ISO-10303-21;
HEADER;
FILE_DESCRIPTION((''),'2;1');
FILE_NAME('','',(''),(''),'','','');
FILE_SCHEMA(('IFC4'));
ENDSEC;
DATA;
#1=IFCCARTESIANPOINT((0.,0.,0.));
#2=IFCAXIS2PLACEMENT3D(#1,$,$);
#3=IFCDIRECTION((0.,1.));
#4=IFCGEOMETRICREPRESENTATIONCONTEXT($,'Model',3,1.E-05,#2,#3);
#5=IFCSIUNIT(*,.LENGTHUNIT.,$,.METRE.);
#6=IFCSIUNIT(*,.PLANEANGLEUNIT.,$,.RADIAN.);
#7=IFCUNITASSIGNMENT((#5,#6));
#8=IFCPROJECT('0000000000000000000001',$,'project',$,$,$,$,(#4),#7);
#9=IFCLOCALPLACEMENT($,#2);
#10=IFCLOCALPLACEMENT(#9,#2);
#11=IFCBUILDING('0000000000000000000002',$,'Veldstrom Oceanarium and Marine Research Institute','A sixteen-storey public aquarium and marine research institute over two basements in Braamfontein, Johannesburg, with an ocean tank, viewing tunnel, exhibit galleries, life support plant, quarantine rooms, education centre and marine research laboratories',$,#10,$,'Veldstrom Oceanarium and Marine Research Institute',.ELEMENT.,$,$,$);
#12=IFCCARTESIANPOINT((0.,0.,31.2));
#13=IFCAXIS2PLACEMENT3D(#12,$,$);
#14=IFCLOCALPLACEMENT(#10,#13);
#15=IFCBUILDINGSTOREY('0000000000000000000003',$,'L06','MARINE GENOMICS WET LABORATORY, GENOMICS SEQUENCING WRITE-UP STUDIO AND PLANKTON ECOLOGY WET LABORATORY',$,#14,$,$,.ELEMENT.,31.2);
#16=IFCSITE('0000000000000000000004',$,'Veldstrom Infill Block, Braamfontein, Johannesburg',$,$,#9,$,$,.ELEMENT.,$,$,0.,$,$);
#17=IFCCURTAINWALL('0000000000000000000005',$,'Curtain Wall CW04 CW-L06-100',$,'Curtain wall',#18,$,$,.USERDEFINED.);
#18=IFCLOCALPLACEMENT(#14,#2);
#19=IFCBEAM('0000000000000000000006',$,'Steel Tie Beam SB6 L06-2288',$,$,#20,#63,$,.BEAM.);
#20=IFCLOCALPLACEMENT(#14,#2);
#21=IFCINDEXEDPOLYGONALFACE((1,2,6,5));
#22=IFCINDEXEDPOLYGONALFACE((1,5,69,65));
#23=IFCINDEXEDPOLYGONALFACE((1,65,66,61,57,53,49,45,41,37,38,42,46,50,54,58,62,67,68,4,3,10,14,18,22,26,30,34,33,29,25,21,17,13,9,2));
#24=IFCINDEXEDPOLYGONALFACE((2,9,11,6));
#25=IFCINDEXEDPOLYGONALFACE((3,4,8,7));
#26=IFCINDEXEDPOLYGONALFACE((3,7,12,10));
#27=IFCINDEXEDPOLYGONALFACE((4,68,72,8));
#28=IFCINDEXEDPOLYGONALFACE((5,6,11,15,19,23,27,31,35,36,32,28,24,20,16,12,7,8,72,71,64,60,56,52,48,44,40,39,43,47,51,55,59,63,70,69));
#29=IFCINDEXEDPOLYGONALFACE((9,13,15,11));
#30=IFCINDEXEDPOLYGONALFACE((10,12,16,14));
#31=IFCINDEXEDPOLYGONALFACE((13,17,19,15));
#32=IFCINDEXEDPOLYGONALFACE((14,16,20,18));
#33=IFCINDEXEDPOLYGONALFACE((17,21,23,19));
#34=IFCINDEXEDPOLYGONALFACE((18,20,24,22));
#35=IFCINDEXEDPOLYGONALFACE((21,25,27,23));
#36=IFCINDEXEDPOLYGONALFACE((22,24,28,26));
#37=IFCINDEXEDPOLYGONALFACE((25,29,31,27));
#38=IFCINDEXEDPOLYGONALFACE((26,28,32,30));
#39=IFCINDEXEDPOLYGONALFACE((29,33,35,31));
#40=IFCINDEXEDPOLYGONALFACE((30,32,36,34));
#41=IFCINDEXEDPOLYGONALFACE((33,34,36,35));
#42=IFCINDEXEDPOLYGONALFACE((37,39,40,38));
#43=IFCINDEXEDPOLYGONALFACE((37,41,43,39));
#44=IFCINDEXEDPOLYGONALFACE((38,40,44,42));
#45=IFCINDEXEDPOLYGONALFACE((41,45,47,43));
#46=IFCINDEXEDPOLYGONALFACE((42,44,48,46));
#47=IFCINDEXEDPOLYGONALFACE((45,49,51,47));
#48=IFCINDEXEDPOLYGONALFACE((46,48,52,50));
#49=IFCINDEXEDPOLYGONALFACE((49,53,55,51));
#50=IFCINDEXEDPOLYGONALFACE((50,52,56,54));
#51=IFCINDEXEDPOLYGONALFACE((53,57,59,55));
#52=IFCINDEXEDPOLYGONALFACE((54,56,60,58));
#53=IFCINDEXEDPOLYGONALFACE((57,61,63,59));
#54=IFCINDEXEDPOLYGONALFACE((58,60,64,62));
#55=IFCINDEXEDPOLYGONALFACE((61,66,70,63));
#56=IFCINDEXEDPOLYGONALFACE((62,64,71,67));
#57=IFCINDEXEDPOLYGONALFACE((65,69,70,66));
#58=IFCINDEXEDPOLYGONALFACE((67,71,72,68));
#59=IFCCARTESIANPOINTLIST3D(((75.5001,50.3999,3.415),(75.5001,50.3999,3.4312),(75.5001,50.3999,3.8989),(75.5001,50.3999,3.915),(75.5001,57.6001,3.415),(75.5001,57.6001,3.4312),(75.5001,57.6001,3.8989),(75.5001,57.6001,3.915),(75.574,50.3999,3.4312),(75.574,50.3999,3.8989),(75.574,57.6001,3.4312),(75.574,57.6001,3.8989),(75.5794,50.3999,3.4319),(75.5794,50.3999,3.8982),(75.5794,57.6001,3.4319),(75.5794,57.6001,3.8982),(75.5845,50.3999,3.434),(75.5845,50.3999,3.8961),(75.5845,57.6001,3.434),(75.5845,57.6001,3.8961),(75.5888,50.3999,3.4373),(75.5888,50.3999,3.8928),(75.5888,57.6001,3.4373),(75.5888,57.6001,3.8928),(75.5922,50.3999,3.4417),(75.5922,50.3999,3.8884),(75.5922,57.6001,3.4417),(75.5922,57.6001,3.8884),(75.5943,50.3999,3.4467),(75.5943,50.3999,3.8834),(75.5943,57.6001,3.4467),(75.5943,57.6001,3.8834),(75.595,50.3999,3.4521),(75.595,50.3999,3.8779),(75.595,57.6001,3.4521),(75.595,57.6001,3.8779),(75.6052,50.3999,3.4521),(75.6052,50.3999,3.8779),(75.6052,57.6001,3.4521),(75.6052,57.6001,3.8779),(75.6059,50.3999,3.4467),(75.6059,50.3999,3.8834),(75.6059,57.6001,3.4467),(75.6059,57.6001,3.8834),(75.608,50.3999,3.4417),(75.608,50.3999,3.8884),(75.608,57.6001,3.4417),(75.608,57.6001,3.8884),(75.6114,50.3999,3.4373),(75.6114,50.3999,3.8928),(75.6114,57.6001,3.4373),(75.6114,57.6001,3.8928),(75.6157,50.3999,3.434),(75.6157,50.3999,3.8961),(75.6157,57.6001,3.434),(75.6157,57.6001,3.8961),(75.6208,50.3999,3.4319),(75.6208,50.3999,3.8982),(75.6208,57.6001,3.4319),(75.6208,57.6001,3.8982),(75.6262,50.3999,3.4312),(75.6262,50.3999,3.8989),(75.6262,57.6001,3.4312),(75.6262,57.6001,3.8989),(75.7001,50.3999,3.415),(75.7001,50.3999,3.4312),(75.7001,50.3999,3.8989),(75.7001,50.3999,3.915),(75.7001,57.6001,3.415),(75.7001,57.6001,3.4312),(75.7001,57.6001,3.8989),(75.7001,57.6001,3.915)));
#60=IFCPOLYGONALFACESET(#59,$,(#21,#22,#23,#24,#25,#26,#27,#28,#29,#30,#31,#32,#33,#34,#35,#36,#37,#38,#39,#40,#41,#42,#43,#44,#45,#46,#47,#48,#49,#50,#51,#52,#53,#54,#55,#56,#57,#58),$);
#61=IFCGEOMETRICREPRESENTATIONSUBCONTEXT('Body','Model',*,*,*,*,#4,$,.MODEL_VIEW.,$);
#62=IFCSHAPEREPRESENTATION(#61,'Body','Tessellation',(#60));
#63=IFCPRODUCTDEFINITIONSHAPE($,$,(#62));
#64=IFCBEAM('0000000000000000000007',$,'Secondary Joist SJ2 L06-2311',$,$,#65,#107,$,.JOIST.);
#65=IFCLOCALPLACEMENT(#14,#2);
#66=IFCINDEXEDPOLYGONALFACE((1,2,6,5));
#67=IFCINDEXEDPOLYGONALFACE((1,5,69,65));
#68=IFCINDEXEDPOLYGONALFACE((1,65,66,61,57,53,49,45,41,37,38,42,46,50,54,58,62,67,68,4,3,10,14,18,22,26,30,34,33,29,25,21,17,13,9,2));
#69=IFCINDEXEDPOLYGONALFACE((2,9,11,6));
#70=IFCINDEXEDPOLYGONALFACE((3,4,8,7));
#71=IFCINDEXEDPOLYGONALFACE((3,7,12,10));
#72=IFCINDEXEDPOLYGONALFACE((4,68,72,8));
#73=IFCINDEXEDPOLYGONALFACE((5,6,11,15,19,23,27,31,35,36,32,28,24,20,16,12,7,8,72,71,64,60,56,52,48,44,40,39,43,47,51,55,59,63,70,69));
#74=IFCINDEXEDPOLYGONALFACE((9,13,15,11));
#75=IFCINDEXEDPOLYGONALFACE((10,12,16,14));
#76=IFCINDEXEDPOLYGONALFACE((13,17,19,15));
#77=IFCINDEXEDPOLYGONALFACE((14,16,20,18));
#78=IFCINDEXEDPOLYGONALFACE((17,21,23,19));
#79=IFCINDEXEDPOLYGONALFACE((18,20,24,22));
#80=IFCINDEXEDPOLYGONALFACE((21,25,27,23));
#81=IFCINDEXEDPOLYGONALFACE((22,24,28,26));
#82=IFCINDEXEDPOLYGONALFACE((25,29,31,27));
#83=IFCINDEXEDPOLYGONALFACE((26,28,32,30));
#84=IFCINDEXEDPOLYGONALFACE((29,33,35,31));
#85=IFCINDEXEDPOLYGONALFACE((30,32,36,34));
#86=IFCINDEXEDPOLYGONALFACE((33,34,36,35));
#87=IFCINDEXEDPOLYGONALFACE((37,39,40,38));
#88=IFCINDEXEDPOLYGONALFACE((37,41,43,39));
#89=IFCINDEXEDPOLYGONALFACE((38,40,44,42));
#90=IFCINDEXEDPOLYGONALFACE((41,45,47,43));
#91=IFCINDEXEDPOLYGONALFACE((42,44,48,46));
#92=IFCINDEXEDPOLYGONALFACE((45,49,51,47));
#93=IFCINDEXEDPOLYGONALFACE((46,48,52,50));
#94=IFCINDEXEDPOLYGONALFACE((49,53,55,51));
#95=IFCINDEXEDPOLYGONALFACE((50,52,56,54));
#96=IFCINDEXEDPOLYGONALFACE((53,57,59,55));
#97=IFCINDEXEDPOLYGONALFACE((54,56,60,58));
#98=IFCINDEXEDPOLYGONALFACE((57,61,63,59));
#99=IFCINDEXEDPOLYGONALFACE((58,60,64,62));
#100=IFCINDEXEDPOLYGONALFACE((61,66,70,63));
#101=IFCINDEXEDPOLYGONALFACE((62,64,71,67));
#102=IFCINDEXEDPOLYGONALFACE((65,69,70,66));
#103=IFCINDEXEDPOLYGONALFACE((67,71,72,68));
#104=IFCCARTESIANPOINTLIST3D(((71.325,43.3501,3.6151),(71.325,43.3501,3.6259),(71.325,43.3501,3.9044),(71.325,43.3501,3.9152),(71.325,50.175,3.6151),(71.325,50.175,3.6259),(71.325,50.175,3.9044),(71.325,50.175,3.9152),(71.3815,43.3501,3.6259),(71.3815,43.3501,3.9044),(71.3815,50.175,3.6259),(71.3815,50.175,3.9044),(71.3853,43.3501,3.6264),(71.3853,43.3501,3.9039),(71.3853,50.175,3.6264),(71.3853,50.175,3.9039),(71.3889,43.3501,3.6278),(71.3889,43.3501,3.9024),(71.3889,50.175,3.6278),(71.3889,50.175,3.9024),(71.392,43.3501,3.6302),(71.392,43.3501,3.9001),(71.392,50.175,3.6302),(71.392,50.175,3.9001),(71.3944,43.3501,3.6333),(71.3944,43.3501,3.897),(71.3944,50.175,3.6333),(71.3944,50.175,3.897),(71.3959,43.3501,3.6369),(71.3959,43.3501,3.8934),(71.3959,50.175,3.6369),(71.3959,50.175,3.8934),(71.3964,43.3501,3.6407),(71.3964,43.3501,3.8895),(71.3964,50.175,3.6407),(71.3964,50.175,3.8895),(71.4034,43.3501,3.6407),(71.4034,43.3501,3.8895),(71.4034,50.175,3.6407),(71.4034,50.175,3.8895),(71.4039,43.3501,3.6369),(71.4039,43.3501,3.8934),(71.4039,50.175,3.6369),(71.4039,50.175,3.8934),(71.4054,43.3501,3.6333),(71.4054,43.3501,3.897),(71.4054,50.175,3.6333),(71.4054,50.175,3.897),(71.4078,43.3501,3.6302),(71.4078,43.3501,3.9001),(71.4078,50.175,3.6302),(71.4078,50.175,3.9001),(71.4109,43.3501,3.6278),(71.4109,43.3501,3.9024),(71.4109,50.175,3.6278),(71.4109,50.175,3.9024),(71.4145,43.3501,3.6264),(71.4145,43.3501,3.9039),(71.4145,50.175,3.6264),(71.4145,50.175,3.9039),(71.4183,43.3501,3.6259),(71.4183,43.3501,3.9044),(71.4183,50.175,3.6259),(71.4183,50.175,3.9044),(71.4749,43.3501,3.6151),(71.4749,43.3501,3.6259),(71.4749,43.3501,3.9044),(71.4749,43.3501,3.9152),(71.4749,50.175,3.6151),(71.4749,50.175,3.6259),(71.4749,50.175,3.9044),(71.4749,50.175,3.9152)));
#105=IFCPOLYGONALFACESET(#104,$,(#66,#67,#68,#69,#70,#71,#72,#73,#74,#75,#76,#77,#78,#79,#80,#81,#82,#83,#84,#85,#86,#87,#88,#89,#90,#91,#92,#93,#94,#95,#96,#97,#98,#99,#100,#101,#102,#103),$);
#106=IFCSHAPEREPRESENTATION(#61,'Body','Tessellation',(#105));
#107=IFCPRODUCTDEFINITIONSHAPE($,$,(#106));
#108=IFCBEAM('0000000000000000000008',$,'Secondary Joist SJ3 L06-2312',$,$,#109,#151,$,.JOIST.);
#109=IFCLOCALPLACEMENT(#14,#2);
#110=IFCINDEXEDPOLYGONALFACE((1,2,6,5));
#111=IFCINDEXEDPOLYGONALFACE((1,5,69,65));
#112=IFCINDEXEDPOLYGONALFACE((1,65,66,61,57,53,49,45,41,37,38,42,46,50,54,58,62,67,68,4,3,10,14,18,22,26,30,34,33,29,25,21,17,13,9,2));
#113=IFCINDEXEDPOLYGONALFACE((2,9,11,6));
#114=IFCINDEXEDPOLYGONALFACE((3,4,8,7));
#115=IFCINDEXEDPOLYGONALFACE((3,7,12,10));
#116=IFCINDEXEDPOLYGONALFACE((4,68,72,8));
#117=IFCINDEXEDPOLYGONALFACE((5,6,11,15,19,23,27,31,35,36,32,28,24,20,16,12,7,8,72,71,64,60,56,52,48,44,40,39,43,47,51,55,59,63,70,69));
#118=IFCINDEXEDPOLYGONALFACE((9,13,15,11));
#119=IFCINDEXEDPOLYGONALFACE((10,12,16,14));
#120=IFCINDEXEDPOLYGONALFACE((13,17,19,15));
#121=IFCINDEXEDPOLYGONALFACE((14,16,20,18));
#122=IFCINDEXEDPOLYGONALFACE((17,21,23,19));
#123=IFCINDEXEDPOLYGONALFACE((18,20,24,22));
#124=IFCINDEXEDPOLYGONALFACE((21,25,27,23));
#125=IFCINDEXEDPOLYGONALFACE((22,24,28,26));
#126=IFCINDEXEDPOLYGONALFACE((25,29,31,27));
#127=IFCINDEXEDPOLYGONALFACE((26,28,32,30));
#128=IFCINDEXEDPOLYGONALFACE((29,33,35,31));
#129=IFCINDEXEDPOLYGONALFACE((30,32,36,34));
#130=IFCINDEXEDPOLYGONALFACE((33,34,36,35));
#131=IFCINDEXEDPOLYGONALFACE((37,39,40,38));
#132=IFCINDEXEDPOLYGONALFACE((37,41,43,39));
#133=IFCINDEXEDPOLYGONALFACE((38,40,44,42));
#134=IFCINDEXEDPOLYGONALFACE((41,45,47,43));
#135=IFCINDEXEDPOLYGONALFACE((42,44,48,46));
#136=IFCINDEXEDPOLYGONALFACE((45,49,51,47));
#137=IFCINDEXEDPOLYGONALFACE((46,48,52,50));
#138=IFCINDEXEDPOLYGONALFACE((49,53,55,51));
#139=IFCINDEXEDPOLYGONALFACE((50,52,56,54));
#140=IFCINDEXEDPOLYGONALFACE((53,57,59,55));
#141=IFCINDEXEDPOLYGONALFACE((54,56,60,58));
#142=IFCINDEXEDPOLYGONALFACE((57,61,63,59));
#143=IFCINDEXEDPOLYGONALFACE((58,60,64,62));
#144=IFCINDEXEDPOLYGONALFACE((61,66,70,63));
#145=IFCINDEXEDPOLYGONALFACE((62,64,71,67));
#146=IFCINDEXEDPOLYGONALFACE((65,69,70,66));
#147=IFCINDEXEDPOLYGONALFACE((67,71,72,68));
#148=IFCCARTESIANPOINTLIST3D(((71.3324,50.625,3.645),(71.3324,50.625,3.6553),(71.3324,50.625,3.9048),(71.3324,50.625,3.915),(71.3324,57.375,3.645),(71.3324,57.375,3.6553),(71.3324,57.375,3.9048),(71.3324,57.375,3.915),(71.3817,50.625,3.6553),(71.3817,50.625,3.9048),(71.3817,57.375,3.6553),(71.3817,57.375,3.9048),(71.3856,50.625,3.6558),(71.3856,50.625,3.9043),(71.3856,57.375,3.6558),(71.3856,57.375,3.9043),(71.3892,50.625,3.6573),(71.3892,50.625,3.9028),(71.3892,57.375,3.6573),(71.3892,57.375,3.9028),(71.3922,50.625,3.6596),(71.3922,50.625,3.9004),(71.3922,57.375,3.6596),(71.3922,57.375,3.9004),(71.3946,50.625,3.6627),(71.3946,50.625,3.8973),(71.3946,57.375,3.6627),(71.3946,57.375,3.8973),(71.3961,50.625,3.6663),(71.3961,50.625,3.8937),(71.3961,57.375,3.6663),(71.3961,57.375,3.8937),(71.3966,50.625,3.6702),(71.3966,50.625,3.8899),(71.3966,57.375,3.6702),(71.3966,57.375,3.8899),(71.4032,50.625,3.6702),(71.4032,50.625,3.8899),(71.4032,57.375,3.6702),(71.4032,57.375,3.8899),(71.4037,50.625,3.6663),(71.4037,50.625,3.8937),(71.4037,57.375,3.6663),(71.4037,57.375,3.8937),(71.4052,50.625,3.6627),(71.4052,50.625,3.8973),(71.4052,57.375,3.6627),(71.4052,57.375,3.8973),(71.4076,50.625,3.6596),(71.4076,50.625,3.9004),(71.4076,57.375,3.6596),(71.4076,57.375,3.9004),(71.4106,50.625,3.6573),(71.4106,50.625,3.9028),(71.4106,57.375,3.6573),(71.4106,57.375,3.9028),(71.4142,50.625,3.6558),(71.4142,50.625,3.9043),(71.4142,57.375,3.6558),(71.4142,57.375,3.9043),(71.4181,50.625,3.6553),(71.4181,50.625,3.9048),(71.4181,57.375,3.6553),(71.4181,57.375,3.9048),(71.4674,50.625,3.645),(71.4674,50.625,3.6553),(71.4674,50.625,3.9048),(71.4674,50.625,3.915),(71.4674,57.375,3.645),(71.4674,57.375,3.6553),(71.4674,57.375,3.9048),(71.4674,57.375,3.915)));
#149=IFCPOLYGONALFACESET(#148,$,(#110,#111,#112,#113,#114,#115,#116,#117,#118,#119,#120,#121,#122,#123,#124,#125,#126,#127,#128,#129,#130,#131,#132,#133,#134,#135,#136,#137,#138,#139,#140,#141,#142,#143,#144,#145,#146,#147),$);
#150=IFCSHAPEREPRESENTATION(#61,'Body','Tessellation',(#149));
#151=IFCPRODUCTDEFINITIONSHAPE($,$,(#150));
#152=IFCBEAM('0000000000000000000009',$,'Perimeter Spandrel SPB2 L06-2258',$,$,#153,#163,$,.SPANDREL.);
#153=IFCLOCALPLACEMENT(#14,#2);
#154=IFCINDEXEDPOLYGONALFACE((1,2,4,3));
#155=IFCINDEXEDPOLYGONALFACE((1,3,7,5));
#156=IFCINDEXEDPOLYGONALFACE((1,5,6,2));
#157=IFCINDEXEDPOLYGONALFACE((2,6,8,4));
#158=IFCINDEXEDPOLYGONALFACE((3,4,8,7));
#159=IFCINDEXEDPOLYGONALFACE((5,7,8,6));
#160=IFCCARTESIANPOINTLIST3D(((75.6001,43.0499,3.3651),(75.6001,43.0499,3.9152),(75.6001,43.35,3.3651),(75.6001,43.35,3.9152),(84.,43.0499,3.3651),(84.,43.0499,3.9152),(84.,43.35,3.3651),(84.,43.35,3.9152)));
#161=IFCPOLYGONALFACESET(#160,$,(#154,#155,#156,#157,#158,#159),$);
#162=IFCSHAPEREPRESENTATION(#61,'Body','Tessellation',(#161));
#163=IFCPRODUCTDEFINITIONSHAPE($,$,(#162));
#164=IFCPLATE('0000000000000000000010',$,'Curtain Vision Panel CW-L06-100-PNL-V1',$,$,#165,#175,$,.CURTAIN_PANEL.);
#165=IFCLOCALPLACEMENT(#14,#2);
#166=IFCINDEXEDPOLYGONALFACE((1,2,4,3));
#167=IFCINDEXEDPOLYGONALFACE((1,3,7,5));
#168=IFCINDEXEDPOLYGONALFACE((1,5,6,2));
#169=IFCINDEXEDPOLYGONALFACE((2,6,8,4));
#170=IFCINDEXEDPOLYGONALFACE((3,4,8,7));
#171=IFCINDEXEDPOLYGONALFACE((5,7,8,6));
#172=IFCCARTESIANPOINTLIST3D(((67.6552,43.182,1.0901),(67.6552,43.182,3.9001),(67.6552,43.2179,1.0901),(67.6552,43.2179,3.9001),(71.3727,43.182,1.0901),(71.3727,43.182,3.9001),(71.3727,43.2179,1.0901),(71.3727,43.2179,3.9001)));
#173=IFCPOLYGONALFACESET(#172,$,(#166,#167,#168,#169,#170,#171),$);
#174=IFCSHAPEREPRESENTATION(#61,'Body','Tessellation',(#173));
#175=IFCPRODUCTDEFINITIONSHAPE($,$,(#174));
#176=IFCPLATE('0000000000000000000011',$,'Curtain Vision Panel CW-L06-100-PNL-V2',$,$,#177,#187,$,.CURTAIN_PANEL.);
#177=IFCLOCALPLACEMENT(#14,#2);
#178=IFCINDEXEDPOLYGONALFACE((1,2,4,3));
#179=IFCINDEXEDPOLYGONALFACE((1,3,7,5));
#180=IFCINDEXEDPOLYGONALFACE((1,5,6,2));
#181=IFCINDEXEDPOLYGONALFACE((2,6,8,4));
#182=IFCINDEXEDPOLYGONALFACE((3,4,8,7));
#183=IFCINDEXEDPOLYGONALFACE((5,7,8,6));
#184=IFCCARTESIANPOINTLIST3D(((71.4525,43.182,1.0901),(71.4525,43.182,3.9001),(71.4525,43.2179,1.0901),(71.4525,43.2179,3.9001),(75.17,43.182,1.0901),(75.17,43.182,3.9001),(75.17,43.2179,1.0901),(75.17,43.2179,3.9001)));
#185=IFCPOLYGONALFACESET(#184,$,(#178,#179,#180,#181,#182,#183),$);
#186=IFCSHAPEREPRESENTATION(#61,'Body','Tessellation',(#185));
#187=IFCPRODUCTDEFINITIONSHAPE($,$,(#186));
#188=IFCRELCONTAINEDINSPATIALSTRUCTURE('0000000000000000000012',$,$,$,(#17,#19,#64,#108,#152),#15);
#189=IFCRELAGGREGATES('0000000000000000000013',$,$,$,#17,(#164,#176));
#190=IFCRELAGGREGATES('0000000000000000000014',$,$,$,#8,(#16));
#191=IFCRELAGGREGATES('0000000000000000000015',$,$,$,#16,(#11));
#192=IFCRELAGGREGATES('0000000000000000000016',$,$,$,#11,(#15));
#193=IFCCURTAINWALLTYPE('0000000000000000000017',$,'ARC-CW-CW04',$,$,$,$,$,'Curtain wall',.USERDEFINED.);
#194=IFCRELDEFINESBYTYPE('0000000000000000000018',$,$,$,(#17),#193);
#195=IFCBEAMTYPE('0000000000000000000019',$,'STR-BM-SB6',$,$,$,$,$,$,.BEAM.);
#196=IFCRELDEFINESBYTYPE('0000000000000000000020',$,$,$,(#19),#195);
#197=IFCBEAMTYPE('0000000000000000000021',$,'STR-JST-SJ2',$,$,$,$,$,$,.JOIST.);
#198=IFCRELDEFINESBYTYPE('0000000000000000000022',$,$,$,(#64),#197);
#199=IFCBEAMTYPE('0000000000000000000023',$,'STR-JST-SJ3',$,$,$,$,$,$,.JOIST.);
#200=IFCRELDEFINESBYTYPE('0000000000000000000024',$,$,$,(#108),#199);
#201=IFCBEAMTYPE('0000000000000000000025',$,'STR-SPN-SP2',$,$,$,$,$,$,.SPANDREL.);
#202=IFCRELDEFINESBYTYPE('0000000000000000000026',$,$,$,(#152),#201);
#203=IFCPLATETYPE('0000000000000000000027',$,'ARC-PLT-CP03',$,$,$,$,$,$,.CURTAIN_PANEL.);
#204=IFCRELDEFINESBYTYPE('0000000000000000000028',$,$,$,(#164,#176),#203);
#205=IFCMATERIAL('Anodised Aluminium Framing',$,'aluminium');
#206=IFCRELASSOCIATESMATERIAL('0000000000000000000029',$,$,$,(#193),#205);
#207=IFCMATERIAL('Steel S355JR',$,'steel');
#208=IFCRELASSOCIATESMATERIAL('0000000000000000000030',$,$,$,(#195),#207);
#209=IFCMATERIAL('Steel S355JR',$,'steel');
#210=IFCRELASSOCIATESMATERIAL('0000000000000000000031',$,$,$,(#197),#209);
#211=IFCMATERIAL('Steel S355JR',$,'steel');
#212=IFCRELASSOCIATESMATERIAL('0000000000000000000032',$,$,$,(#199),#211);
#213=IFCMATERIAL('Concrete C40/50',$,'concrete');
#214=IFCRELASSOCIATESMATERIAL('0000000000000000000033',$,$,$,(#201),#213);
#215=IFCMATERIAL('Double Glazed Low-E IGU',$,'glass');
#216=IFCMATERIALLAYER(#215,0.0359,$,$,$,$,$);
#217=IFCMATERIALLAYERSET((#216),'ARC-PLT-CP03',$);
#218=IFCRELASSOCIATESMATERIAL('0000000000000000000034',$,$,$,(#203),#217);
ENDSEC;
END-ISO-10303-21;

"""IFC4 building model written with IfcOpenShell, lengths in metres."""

from ifc_helpers import new_model, si_unit, direction, frame, origin, origin_2d, place, context, subcontext, project, spatial, rectangle, i_section, extrude, material, layer, layer_set, material_profile, profile_set, type_object, element, aggregate, save


model = new_model("IFC4")

# Units and contexts
model_context = context("Model", 3, precision=1e-05, world=origin(), true_north=direction((0.0, 1.0)))
body_context = subcontext(model_context, "Body", "Model", "MODEL_VIEW")
ifc_project = project(units=[si_unit("LENGTHUNIT", "METRE"), si_unit("PLANEANGLEUNIT", "RADIAN")], contexts=[model_context])

# Site, building, storey
site_placement = place(None, origin())
site = spatial("IfcSite", under=ifc_project, at=site_placement, Name="Veldstrom Infill Block, Braamfontein, Johannesburg", CompositionType="ELEMENT", RefElevation=0.0)
building_placement = place(site_placement, origin())
building = spatial("IfcBuilding", under=site, at=building_placement, Name="Veldstrom Oceanarium and Marine Research Institute", Description="A sixteen-storey public aquarium and marine research institute over two basements in Braamfontein, Johannesburg, with an ocean tank, viewing tunnel, exhibit galleries, life support plant, quarantine rooms, education centre and marine research laboratories", LongName="Veldstrom Oceanarium and Marine Research Institute", CompositionType="ELEMENT")
storey_placement = place(building_placement, frame((0.0, 0.0, 31.2)))
storey = spatial("IfcBuildingStorey", under=building, at=storey_placement, Name="L06", Description="MARINE GENOMICS WET LABORATORY, GENOMICS SEQUENCING WRITE-UP STUDIO AND PLANKTON ECOLOGY WET LABORATORY", CompositionType="ELEMENT", Elevation=31.2)

# Curtain wall
ifc_material_1 = material(Name="Anodised Aluminium Framing", Category="aluminium")
curtain_wall_type = type_object("IfcCurtainWallType", Name="ARC-CW-CW04", ElementType="Curtain wall", PredefinedType="USERDEFINED", material=ifc_material_1)
curtain_wall_1_placement = place(storey_placement, origin())
curtain_wall_1 = element("IfcCurtainWall", 1, at=curtain_wall_1_placement, inside=storey, type_object=curtain_wall_type, Name="Curtain Wall CW04 CW-L06-100", ObjectType="Curtain wall", PredefinedType="USERDEFINED")

# Beams
ifc_material_2 = material(Name="Steel S355JR", Category="steel")
ifc_material_profile_1 = material_profile(ifc_material_2, i_section(OverallWidth=0.2, OverallDepth=0.5, WebThickness=0.0103, FlangeThickness=0.0161, FilletRadius=0.021, at=origin_2d()), Name="IPE 500")
ifc_profile_set_1 = profile_set([ifc_material_profile_1], Name="Steel S355JR")
beam_type_1 = type_object("IfcBeamType", Name="STR-BM-SB6", PredefinedType="BEAM", material=ifc_profile_set_1)
beam_1_placement = place(storey_placement, frame((75.6001, 50.3999, 3.665), z_axis=(0.0, 1.0, 0.0), x_axis=(-1.0, 0.0, 0.0)))
element("IfcBeam", 2, at=beam_1_placement, inside=storey, type_object=beam_type_1, Name="Steel Tie Beam SB6 L06-2288", PredefinedType="BEAM", context=body_context, shape_type="SweptSolid", body=[
    extrude(i_section(OverallWidth=0.2, OverallDepth=0.5, WebThickness=0.0103, FlangeThickness=0.0161, FilletRadius=0.021, at=origin_2d()), origin(), (0.0, 0.0, 1.0), 7.2002),
])
ifc_material_3 = material(Name="Steel S355JR", Category="steel")
ifc_material_profile_2 = material_profile(ifc_material_3, i_section(OverallWidth=0.1499, OverallDepth=0.3, WebThickness=0.0071, FlangeThickness=0.0107, FilletRadius=0.0149, at=origin_2d()), Name="IPE 300")
ifc_profile_set_2 = profile_set([ifc_material_profile_2], Name="Steel S355JR")
beam_type_2 = type_object("IfcBeamType", Name="STR-JST-SJ2", PredefinedType="JOIST", material=ifc_profile_set_2)
beam_2_placement = place(storey_placement, frame((71.3999, 43.3501, 3.7651), z_axis=(0.0, 1.0, 0.0), x_axis=(-1.0, 0.0, 0.0)))
element("IfcBeam", 3, at=beam_2_placement, inside=storey, type_object=beam_type_2, Name="Secondary Joist SJ2 L06-2311", PredefinedType="JOIST", context=body_context, shape_type="SweptSolid", body=[
    extrude(i_section(OverallWidth=0.1499, OverallDepth=0.3, WebThickness=0.0071, FlangeThickness=0.0107, FilletRadius=0.0149, at=origin_2d()), origin(), (0.0, 0.0, 1.0), 6.825),
])
ifc_material_4 = material(Name="Steel S355JR", Category="steel")
ifc_material_profile_3 = material_profile(ifc_material_4, i_section(OverallWidth=0.135, OverallDepth=0.27, WebThickness=0.0066, FlangeThickness=0.0103, FilletRadius=0.0149, at=origin_2d()), Name="IPE 270")
ifc_profile_set_3 = profile_set([ifc_material_profile_3], Name="Steel S355JR")
beam_type_3 = type_object("IfcBeamType", Name="STR-JST-SJ3", PredefinedType="JOIST", material=ifc_profile_set_3)
beam_3_placement = place(storey_placement, frame((71.3999, 50.625, 3.78), z_axis=(0.0, 1.0, 0.0), x_axis=(-1.0, 0.0, 0.0)))
element("IfcBeam", 4, at=beam_3_placement, inside=storey, type_object=beam_type_3, Name="Secondary Joist SJ3 L06-2312", PredefinedType="JOIST", context=body_context, shape_type="SweptSolid", body=[
    extrude(i_section(OverallWidth=0.135, OverallDepth=0.27, WebThickness=0.0066, FlangeThickness=0.0103, FilletRadius=0.0149, at=origin_2d()), origin(), (0.0, 0.0, 1.0), 6.75),
])
ifc_material_5 = material(Name="Concrete C40/50", Category="concrete")
ifc_material_profile_4 = material_profile(ifc_material_5, rectangle(XDim=0.3, YDim=0.55, at=origin_2d()), Name="RC-SPN-300x550")
ifc_profile_set_4 = profile_set([ifc_material_profile_4], Name="Concrete C40/50")
beam_type_4 = type_object("IfcBeamType", Name="STR-SPN-SP2", PredefinedType="SPANDREL", material=ifc_profile_set_4)
beam_4_placement = place(storey_placement, frame((75.6001, 43.2, 3.6401), z_axis=(1.0, 0.0, 0.0), x_axis=(0.0, 1.0, 0.0)))
element("IfcBeam", 5, at=beam_4_placement, inside=storey, type_object=beam_type_4, Name="Perimeter Spandrel SPB2 L06-2258", PredefinedType="SPANDREL", context=body_context, shape_type="SweptSolid", body=[
    extrude(rectangle(XDim=0.3, YDim=0.55, at=origin_2d()), origin(), (0.0, 0.0, 1.0), 8.3999),
])

# Plates
ifc_material_6 = material(Name="Double Glazed Low-E IGU", Category="glass")
ifc_layer_1 = layer(ifc_material_6, 0.0359)
ifc_layer_set_1 = layer_set([ifc_layer_1], Name="ARC-PLT-CP03")
plate_type_1 = type_object("IfcPlateType", Name="ARC-PLT-CP03", PredefinedType="CURTAIN_PANEL", material=ifc_layer_set_1)
plate_1_placement = place(storey_placement, frame((69.5139, 43.2, 1.0901), z_axis=(0.0, 0.0, 1.0), x_axis=(1.0, 0.0, 0.0)))
plate_1 = element("IfcPlate", 6, at=plate_1_placement, type_object=plate_type_1, Name="Curtain Vision Panel CW-L06-100-PNL-V1", PredefinedType="CURTAIN_PANEL", context=body_context, shape_type="SweptSolid", body=[
    extrude(rectangle(XDim=3.7175, YDim=0.0359, at=origin_2d()), origin(), (0.0, 0.0, 1.0), 2.8101),
])
plate_2_placement = place(storey_placement, frame((73.3113, 43.2, 1.0901), z_axis=(0.0, 0.0, 1.0), x_axis=(1.0, 0.0, 0.0)))
plate_2 = element("IfcPlate", 7, at=plate_2_placement, type_object=plate_type_1, Name="Curtain Vision Panel CW-L06-100-PNL-V2", PredefinedType="CURTAIN_PANEL", context=body_context, shape_type="SweptSolid", body=[
    extrude(rectangle(XDim=3.7175, YDim=0.0359, at=origin_2d()), origin(), (0.0, 0.0, 1.0), 2.8101),
])
aggregate(curtain_wall_1, [plate_1, plate_2])

save(model, "model.ifc")
